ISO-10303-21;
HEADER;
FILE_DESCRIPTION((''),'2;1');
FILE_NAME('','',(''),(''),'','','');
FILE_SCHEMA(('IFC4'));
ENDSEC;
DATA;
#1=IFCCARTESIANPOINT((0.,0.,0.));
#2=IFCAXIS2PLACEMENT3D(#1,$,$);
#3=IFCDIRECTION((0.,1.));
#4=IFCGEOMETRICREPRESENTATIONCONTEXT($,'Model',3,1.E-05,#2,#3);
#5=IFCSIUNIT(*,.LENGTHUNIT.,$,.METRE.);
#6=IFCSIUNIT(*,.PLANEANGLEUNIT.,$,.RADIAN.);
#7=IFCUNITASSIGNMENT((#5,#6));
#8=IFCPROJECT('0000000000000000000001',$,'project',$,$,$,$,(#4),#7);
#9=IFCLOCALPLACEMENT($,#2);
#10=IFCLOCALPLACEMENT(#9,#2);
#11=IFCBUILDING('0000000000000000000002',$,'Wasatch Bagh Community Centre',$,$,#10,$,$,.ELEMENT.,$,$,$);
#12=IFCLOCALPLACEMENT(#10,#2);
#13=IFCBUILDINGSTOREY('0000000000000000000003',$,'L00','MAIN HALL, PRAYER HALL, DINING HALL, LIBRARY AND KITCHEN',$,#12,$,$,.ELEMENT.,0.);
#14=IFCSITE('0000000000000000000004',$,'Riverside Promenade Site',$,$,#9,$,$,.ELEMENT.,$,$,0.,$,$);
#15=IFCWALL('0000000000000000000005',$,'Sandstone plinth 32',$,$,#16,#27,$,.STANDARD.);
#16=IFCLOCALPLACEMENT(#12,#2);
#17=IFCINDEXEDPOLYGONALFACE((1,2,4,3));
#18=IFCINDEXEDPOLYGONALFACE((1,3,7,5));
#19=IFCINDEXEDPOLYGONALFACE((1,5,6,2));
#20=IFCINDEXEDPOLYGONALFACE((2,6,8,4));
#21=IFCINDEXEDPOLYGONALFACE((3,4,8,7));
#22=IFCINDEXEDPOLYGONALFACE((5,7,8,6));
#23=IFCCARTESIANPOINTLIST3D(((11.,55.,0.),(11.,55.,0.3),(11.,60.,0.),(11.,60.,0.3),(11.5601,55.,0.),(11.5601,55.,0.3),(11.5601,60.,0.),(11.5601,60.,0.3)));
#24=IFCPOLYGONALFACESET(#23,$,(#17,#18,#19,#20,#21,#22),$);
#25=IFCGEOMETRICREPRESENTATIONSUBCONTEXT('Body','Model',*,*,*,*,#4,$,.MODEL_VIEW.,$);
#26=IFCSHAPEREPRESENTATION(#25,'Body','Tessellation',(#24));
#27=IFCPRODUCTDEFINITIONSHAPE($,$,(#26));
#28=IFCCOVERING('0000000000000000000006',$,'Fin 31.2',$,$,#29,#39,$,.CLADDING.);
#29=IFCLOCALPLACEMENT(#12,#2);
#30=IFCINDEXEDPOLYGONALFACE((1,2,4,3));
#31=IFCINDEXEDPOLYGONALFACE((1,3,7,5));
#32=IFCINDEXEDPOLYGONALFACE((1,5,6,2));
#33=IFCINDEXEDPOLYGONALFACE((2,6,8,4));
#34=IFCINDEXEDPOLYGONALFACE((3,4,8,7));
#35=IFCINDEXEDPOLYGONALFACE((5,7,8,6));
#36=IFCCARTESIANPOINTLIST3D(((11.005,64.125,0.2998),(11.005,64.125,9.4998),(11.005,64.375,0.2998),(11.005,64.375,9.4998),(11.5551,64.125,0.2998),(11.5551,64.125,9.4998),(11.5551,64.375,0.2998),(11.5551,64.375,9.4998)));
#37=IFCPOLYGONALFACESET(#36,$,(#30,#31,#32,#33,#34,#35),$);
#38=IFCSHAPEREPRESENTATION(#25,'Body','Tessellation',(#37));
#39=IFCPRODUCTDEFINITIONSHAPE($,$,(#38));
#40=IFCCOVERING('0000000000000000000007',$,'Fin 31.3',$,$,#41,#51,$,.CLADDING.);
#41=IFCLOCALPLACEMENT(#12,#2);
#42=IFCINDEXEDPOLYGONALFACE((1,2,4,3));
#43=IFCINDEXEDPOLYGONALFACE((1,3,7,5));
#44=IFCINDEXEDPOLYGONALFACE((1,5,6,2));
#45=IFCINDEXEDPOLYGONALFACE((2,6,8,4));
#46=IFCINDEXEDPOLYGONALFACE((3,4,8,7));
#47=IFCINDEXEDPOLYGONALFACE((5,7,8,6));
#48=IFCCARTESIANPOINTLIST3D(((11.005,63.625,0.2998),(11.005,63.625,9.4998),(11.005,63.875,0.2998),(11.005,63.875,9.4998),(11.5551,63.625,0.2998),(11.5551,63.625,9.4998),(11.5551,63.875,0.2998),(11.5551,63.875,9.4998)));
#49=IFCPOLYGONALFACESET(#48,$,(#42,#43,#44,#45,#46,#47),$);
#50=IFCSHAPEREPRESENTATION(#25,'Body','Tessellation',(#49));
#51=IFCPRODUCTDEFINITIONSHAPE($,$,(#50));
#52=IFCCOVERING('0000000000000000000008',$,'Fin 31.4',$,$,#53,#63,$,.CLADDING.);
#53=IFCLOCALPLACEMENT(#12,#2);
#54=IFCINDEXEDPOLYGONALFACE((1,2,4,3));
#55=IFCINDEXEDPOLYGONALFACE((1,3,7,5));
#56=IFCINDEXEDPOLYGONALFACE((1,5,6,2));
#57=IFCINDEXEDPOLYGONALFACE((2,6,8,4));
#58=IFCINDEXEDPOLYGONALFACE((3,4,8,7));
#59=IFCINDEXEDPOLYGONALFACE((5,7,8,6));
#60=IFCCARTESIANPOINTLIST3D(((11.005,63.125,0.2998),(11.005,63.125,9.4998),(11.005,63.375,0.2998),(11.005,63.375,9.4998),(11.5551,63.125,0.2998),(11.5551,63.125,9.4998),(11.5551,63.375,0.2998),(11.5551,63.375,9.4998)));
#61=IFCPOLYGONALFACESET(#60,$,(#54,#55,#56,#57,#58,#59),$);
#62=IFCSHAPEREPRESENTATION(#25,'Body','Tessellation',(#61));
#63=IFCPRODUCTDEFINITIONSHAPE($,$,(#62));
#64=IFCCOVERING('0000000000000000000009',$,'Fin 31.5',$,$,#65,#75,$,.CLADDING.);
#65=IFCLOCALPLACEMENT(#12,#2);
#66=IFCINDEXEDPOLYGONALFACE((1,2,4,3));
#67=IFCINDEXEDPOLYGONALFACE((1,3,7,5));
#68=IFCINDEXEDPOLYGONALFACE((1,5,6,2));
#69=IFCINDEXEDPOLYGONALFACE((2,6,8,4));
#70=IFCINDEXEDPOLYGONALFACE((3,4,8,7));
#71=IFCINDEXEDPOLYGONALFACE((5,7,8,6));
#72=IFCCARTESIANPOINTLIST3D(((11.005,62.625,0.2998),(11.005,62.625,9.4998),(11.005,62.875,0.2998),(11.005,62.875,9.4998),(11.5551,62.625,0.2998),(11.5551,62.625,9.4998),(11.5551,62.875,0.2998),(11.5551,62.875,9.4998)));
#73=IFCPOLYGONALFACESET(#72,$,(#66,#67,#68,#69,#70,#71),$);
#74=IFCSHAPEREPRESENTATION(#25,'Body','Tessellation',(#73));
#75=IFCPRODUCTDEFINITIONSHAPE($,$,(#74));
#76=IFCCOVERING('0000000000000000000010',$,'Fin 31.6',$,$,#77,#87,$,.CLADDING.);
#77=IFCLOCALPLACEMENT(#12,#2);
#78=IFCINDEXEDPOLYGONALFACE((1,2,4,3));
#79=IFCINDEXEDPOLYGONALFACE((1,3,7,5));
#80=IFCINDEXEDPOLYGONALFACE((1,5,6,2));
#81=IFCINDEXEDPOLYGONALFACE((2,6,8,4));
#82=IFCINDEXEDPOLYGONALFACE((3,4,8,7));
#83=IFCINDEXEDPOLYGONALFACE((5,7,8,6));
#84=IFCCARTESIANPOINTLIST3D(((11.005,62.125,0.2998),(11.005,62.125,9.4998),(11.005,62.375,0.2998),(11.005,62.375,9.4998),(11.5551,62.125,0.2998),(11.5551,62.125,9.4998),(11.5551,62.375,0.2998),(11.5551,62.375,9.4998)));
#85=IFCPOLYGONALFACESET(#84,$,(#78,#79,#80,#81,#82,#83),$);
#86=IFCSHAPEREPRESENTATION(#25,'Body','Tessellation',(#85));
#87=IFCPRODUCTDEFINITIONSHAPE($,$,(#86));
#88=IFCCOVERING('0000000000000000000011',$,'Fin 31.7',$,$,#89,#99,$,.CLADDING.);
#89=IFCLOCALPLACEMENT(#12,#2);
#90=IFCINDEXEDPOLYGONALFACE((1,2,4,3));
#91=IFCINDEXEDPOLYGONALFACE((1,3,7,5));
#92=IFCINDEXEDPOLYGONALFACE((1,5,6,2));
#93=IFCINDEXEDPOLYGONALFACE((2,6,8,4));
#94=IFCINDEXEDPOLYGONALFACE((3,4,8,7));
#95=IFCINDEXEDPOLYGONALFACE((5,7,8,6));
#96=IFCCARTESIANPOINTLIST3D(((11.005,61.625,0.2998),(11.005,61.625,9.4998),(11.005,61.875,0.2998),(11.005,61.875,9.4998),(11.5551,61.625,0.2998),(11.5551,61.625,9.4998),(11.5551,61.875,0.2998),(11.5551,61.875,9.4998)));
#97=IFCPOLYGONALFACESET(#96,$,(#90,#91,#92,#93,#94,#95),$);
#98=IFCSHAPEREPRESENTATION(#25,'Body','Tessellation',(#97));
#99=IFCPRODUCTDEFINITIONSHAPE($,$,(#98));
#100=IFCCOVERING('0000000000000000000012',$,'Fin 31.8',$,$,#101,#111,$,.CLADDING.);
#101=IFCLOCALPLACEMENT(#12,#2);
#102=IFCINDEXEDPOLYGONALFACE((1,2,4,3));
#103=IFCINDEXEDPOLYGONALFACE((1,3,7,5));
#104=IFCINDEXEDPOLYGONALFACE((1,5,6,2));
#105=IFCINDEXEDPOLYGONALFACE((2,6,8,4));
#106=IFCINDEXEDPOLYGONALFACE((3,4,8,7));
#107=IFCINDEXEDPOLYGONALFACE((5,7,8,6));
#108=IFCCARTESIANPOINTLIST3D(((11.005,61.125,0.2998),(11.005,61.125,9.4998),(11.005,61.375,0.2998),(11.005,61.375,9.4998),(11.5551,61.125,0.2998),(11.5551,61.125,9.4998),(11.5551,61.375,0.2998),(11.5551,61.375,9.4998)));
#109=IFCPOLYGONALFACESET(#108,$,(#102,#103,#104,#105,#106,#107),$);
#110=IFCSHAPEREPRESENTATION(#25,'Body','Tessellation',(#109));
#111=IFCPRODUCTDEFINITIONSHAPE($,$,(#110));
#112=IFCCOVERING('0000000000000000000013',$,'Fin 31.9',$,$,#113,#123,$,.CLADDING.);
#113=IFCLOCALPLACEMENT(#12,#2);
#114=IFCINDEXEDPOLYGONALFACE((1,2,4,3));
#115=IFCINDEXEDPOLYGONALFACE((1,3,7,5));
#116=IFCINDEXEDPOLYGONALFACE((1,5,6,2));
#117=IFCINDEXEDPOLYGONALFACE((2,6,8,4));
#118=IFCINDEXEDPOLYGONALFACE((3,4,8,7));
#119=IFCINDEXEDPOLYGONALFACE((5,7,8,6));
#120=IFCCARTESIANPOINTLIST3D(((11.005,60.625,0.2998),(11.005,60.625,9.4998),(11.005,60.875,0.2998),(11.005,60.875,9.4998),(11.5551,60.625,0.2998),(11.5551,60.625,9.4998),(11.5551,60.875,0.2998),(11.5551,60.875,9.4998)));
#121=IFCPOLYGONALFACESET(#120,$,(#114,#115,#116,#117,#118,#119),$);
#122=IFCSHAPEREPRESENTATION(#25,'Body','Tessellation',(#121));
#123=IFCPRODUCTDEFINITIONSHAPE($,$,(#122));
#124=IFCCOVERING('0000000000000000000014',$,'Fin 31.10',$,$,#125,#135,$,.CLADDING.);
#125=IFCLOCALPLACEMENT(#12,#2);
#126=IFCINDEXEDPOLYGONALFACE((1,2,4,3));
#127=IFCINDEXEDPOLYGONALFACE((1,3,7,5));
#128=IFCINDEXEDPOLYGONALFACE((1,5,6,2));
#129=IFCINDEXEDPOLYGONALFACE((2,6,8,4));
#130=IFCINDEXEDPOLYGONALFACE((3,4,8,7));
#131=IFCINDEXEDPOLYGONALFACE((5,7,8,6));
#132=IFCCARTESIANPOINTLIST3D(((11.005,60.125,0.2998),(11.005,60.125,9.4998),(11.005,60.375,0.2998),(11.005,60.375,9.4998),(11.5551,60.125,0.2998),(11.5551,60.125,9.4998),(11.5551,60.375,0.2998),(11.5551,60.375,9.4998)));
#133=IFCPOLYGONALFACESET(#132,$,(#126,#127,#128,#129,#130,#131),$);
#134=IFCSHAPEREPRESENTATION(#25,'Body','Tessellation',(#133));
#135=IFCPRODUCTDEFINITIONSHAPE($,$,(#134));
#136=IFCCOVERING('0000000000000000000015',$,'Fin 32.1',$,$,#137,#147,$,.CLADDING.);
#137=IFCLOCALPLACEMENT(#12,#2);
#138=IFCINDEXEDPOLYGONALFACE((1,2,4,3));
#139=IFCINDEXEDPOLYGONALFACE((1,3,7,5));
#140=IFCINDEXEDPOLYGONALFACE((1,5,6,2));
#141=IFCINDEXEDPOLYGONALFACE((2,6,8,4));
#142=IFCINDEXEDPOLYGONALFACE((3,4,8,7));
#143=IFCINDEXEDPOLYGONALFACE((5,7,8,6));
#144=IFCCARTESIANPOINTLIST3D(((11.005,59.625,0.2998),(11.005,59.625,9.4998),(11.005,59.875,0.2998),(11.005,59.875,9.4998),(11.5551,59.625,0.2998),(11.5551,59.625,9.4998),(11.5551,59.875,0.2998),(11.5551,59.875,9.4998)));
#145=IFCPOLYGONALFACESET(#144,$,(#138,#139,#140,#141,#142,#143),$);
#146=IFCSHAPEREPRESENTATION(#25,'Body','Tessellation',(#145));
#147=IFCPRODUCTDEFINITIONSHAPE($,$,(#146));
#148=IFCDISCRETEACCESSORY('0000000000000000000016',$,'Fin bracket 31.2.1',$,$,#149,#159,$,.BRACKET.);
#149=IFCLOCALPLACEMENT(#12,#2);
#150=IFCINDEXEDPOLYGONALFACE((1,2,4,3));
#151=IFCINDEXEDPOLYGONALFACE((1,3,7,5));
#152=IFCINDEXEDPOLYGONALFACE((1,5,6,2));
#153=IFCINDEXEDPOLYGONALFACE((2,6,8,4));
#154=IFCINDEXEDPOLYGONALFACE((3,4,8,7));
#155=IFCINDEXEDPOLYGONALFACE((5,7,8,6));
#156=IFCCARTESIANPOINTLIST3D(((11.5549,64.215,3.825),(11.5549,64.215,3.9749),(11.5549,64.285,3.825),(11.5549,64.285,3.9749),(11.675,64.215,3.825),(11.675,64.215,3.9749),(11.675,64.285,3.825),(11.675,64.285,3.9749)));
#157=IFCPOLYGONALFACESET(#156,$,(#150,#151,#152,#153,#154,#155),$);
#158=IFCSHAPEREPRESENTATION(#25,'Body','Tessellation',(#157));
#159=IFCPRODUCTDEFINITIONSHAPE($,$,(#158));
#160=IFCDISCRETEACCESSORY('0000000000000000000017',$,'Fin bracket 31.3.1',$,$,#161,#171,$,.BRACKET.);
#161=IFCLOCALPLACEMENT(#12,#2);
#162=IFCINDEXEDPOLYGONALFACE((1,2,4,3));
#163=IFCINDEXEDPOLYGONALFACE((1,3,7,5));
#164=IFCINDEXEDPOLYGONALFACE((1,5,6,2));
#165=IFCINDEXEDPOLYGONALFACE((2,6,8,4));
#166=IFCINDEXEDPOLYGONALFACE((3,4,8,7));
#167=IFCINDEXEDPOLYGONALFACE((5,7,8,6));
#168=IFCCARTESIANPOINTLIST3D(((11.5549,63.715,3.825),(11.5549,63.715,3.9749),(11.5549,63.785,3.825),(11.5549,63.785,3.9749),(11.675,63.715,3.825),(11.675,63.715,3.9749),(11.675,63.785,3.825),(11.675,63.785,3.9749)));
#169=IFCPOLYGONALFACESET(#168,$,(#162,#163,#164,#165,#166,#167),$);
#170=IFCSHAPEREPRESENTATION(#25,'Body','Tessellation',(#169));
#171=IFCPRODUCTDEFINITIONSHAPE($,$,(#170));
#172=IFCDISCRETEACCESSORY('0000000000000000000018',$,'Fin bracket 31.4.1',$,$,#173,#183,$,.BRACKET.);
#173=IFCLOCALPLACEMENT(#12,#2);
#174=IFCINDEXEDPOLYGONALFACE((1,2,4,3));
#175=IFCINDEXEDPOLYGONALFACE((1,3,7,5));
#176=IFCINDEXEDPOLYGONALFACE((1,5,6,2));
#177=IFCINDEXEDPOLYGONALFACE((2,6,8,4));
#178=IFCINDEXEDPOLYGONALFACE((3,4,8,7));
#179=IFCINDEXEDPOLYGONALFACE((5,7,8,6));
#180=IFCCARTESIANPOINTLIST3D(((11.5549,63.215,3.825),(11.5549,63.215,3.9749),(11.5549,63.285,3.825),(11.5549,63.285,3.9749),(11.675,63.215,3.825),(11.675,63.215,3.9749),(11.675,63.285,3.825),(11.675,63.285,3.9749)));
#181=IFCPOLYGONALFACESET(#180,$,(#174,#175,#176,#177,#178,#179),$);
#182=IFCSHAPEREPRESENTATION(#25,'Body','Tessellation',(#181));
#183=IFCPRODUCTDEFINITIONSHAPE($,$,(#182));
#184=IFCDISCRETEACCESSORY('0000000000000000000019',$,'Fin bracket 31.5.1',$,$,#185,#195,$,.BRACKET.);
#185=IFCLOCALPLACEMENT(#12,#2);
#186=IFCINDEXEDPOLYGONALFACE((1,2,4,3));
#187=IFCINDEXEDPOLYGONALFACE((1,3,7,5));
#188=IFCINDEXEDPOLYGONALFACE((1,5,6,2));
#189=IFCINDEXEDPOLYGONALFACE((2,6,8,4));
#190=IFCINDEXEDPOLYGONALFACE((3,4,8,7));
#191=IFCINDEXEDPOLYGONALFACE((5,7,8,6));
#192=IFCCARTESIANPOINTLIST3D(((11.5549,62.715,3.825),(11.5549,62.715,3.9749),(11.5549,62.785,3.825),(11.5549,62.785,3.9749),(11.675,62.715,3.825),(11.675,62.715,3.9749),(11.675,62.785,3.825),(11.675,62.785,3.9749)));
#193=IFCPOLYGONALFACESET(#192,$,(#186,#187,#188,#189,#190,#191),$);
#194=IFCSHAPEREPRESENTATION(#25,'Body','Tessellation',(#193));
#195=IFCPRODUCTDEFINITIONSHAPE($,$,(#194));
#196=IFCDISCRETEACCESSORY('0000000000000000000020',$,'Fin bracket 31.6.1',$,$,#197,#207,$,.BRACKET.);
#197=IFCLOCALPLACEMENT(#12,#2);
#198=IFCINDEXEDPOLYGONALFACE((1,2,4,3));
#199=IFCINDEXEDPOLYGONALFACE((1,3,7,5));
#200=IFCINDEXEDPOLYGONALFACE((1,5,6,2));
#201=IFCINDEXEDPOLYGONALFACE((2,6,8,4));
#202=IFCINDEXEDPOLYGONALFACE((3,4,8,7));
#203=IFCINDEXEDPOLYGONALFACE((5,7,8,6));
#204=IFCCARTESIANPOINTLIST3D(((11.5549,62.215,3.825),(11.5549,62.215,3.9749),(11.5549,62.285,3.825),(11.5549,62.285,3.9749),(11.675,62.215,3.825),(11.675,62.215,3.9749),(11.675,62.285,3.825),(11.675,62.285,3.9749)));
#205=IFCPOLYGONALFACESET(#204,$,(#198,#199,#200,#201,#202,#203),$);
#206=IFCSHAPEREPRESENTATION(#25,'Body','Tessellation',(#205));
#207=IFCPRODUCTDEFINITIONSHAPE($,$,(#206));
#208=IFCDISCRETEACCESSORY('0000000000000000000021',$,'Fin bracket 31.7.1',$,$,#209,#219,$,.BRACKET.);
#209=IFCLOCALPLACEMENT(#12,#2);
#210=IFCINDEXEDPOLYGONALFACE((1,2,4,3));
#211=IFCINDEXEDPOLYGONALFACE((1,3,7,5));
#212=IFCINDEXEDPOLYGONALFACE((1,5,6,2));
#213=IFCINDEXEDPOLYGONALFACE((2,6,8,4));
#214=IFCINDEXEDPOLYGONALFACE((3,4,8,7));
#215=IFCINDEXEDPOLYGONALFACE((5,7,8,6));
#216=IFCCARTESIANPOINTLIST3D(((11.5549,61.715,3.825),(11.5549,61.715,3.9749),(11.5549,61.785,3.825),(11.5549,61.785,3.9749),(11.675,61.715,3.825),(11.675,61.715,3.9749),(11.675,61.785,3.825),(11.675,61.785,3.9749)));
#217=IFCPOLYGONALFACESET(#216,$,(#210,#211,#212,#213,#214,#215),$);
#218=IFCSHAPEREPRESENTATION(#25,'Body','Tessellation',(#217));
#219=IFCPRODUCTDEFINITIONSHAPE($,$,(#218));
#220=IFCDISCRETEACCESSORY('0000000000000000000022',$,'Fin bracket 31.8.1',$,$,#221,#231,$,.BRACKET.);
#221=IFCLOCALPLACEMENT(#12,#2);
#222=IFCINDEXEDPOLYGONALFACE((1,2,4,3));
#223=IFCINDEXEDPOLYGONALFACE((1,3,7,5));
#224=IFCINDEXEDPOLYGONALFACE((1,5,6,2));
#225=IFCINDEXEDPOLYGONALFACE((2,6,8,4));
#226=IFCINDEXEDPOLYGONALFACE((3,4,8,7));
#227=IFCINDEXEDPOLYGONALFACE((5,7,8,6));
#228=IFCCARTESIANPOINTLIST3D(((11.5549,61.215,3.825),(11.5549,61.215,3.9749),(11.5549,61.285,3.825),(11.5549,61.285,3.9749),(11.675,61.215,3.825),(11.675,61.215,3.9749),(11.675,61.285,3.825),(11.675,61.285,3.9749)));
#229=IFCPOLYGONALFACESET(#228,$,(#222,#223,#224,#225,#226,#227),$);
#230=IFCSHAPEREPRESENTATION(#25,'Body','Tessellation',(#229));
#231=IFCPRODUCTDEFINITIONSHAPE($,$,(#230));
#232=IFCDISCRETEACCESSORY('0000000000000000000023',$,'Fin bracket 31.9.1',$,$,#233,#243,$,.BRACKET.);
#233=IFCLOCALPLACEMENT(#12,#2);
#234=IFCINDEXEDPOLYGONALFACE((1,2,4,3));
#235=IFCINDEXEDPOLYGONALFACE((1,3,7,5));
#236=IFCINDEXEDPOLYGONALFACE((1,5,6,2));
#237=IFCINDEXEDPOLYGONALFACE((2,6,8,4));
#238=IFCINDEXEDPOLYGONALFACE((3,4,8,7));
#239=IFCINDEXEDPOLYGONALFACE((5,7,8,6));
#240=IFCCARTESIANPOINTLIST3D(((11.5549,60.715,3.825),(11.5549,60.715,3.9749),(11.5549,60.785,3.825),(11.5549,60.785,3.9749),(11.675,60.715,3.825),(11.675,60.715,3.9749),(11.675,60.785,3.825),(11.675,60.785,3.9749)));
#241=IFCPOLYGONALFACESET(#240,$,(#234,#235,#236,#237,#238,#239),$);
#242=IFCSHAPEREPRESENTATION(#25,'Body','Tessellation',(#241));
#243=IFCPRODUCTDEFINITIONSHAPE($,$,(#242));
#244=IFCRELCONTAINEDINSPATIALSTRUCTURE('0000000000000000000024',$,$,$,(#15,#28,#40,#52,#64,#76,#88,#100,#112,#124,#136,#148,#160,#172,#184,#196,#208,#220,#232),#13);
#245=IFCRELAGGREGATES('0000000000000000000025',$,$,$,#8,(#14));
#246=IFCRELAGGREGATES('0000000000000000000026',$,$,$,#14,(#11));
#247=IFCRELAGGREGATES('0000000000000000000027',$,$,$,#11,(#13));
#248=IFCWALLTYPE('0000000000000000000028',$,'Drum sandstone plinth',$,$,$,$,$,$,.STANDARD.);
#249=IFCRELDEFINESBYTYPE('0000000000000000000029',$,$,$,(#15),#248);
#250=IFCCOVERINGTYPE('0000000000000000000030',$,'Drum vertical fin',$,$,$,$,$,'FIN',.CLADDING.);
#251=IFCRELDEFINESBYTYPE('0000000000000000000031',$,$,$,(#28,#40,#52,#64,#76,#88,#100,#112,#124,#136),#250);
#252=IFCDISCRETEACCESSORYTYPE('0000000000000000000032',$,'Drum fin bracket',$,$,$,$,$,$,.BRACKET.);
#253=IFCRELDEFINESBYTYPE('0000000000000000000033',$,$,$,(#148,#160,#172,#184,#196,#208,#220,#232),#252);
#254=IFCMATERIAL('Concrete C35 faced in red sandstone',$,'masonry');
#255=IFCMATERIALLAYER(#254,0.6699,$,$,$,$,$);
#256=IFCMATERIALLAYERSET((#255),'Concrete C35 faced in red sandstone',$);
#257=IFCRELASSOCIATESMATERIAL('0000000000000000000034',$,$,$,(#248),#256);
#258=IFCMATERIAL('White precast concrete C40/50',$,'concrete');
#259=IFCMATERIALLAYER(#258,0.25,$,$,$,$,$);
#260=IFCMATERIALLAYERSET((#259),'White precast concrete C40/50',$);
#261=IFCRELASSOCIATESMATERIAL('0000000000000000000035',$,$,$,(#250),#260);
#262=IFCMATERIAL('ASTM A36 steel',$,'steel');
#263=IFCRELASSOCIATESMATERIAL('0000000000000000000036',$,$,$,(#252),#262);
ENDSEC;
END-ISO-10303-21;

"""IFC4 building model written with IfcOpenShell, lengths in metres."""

from ifc_helpers import new_model, si_unit, direction, frame, frame_2d, origin, origin_2d, place, context, subcontext, project, spatial, rectangle, extrude, material, layer, layer_set, type_object, element, save


model = new_model("IFC4")

# Units and contexts
model_context = context("Model", 3, precision=1e-05, world=origin(), true_north=direction((0.0, 1.0)))
body_context = subcontext(model_context, "Body", "Model", "MODEL_VIEW")
ifc_project = project(units=[si_unit("LENGTHUNIT", "METRE"), si_unit("PLANEANGLEUNIT", "RADIAN")], contexts=[model_context])

# Site, building, storey
site_placement = place(None, origin())
site = spatial("IfcSite", under=ifc_project, at=site_placement, Name="Riverside Promenade Site", CompositionType="ELEMENT", RefElevation=0.0)
building_placement = place(site_placement, origin())
building = spatial("IfcBuilding", under=site, at=building_placement, Name="Wasatch Bagh Community Centre", CompositionType="ELEMENT")
storey_placement = place(building_placement, origin())
storey = spatial("IfcBuildingStorey", under=building, at=storey_placement, Name="L00", Description="MAIN HALL, PRAYER HALL, DINING HALL, LIBRARY AND KITCHEN", CompositionType="ELEMENT", Elevation=0.0)

# Wall
ifc_material_1 = material(Name="Concrete C35 faced in red sandstone", Category="masonry")
ifc_layer_1 = layer(ifc_material_1, 0.6699)
ifc_layer_set_1 = layer_set([ifc_layer_1], Name="Concrete C35 faced in red sandstone")
wall_type = type_object("IfcWallType", Name="Drum sandstone plinth", PredefinedType="STANDARD", material=ifc_layer_set_1)
wall_placement = place(storey_placement, frame((11.28, 60.0, 0.0), z_axis=(0.0, 0.0, 1.0), x_axis=(0.0, -1.0, 0.0)))
element("IfcWall", 1, at=wall_placement, inside=storey, type_object=wall_type, Name="Sandstone plinth 32", PredefinedType="STANDARD", context=body_context, shape_type="SweptSolid", body=[
    extrude(rectangle(XDim=5.0, YDim=0.5601, at=frame_2d((2.5, 0.0))), origin(), (0.0, 0.0, 1.0), 0.3),
])

# Coverings
ifc_material_2 = material(Name="White precast concrete C40/50", Category="concrete")
ifc_layer_2 = layer(ifc_material_2, 0.25)
ifc_layer_set_2 = layer_set([ifc_layer_2], Name="White precast concrete C40/50")
covering_type = type_object("IfcCoveringType", Name="Drum vertical fin", ElementType="FIN", PredefinedType="CLADDING", material=ifc_layer_set_2)
for number, where, z_axis, x_axis, name in (
    (2, (11.28, 64.25, 0.2998), (0.0, 0.0, 1.0), (0.0, -1.0, 0.0), "Fin 31.2"),
    (3, (11.28, 63.75, 0.2998), (0.0, 0.0, 1.0), (0.0, -1.0, 0.0), "Fin 31.3"),
    (4, (11.28, 63.25, 0.2998), (0.0, 0.0, 1.0), (0.0, -1.0, 0.0), "Fin 31.4"),
    (5, (11.28, 62.75, 0.2998), (0.0, 0.0, 1.0), (0.0, -1.0, 0.0), "Fin 31.5"),
    (6, (11.28, 62.25, 0.2998), (0.0, 0.0, 1.0), (0.0, -1.0, 0.0), "Fin 31.6"),
    (7, (11.28, 61.75, 0.2998), (0.0, 0.0, 1.0), (0.0, -1.0, 0.0), "Fin 31.7"),
    (8, (11.28, 61.25, 0.2998), (0.0, 0.0, 1.0), (0.0, -1.0, 0.0), "Fin 31.8"),
    (9, (11.28, 60.75, 0.2998), (0.0, 0.0, 1.0), (0.0, -1.0, 0.0), "Fin 31.9"),
    (10, (11.28, 60.25, 0.2998), (0.0, 0.0, 1.0), (0.0, -1.0, 0.0), "Fin 31.10"),
    (11, (11.28, 59.75, 0.2998), (0.0, 0.0, 1.0), (0.0, -1.0, 0.0), "Fin 32.1"),
):
    element("IfcCovering", number, at=place(storey_placement, frame(where, z_axis=z_axis, x_axis=x_axis)), inside=storey, type_object=covering_type, Name=name, PredefinedType="CLADDING", context=body_context, shape_type="SweptSolid", body=[
        extrude(rectangle(XDim=0.25, YDim=0.55, at=origin_2d()), origin(), (0.0, 0.0, 1.0), 9.2),
    ])

# Discrete accessories
ifc_material_3 = material(Name="ASTM A36 steel", Category="steel")
discrete_accessory_type = type_object("IfcDiscreteAccessoryType", Name="Drum fin bracket", PredefinedType="BRACKET", material=ifc_material_3)
for number, where, z_axis, x_axis, name in (
    (12, (11.615, 64.25, 3.825), (0.0, 0.0, 1.0), (0.0, -1.0, 0.0), "Fin bracket 31.2.1"),
    (13, (11.615, 63.75, 3.825), (0.0, 0.0, 1.0), (0.0, -1.0, 0.0), "Fin bracket 31.3.1"),
    (14, (11.615, 63.25, 3.825), (0.0, 0.0, 1.0), (0.0, -1.0, 0.0), "Fin bracket 31.4.1"),
    (15, (11.615, 62.75, 3.825), (0.0, 0.0, 1.0), (0.0, -1.0, 0.0), "Fin bracket 31.5.1"),
    (16, (11.615, 62.25, 3.825), (0.0, 0.0, 1.0), (0.0, -1.0, 0.0), "Fin bracket 31.6.1"),
    (17, (11.615, 61.75, 3.825), (0.0, 0.0, 1.0), (0.0, -1.0, 0.0), "Fin bracket 31.7.1"),
    (18, (11.615, 61.25, 3.825), (0.0, 0.0, 1.0), (0.0, -1.0, 0.0), "Fin bracket 31.8.1"),
    (19, (11.615, 60.75, 3.825), (0.0, 0.0, 1.0), (0.0, -1.0, 0.0), "Fin bracket 31.9.1"),
):
    element("IfcDiscreteAccessory", number, at=place(storey_placement, frame(where, z_axis=z_axis, x_axis=x_axis)), inside=storey, type_object=discrete_accessory_type, Name=name, PredefinedType="BRACKET", context=body_context, shape_type="SweptSolid", body=[
        extrude(rectangle(XDim=0.0701, YDim=0.1201, at=origin_2d()), origin(), (0.0, 0.0, 1.0), 0.1499),
    ])

save(model, "model.ifc")
